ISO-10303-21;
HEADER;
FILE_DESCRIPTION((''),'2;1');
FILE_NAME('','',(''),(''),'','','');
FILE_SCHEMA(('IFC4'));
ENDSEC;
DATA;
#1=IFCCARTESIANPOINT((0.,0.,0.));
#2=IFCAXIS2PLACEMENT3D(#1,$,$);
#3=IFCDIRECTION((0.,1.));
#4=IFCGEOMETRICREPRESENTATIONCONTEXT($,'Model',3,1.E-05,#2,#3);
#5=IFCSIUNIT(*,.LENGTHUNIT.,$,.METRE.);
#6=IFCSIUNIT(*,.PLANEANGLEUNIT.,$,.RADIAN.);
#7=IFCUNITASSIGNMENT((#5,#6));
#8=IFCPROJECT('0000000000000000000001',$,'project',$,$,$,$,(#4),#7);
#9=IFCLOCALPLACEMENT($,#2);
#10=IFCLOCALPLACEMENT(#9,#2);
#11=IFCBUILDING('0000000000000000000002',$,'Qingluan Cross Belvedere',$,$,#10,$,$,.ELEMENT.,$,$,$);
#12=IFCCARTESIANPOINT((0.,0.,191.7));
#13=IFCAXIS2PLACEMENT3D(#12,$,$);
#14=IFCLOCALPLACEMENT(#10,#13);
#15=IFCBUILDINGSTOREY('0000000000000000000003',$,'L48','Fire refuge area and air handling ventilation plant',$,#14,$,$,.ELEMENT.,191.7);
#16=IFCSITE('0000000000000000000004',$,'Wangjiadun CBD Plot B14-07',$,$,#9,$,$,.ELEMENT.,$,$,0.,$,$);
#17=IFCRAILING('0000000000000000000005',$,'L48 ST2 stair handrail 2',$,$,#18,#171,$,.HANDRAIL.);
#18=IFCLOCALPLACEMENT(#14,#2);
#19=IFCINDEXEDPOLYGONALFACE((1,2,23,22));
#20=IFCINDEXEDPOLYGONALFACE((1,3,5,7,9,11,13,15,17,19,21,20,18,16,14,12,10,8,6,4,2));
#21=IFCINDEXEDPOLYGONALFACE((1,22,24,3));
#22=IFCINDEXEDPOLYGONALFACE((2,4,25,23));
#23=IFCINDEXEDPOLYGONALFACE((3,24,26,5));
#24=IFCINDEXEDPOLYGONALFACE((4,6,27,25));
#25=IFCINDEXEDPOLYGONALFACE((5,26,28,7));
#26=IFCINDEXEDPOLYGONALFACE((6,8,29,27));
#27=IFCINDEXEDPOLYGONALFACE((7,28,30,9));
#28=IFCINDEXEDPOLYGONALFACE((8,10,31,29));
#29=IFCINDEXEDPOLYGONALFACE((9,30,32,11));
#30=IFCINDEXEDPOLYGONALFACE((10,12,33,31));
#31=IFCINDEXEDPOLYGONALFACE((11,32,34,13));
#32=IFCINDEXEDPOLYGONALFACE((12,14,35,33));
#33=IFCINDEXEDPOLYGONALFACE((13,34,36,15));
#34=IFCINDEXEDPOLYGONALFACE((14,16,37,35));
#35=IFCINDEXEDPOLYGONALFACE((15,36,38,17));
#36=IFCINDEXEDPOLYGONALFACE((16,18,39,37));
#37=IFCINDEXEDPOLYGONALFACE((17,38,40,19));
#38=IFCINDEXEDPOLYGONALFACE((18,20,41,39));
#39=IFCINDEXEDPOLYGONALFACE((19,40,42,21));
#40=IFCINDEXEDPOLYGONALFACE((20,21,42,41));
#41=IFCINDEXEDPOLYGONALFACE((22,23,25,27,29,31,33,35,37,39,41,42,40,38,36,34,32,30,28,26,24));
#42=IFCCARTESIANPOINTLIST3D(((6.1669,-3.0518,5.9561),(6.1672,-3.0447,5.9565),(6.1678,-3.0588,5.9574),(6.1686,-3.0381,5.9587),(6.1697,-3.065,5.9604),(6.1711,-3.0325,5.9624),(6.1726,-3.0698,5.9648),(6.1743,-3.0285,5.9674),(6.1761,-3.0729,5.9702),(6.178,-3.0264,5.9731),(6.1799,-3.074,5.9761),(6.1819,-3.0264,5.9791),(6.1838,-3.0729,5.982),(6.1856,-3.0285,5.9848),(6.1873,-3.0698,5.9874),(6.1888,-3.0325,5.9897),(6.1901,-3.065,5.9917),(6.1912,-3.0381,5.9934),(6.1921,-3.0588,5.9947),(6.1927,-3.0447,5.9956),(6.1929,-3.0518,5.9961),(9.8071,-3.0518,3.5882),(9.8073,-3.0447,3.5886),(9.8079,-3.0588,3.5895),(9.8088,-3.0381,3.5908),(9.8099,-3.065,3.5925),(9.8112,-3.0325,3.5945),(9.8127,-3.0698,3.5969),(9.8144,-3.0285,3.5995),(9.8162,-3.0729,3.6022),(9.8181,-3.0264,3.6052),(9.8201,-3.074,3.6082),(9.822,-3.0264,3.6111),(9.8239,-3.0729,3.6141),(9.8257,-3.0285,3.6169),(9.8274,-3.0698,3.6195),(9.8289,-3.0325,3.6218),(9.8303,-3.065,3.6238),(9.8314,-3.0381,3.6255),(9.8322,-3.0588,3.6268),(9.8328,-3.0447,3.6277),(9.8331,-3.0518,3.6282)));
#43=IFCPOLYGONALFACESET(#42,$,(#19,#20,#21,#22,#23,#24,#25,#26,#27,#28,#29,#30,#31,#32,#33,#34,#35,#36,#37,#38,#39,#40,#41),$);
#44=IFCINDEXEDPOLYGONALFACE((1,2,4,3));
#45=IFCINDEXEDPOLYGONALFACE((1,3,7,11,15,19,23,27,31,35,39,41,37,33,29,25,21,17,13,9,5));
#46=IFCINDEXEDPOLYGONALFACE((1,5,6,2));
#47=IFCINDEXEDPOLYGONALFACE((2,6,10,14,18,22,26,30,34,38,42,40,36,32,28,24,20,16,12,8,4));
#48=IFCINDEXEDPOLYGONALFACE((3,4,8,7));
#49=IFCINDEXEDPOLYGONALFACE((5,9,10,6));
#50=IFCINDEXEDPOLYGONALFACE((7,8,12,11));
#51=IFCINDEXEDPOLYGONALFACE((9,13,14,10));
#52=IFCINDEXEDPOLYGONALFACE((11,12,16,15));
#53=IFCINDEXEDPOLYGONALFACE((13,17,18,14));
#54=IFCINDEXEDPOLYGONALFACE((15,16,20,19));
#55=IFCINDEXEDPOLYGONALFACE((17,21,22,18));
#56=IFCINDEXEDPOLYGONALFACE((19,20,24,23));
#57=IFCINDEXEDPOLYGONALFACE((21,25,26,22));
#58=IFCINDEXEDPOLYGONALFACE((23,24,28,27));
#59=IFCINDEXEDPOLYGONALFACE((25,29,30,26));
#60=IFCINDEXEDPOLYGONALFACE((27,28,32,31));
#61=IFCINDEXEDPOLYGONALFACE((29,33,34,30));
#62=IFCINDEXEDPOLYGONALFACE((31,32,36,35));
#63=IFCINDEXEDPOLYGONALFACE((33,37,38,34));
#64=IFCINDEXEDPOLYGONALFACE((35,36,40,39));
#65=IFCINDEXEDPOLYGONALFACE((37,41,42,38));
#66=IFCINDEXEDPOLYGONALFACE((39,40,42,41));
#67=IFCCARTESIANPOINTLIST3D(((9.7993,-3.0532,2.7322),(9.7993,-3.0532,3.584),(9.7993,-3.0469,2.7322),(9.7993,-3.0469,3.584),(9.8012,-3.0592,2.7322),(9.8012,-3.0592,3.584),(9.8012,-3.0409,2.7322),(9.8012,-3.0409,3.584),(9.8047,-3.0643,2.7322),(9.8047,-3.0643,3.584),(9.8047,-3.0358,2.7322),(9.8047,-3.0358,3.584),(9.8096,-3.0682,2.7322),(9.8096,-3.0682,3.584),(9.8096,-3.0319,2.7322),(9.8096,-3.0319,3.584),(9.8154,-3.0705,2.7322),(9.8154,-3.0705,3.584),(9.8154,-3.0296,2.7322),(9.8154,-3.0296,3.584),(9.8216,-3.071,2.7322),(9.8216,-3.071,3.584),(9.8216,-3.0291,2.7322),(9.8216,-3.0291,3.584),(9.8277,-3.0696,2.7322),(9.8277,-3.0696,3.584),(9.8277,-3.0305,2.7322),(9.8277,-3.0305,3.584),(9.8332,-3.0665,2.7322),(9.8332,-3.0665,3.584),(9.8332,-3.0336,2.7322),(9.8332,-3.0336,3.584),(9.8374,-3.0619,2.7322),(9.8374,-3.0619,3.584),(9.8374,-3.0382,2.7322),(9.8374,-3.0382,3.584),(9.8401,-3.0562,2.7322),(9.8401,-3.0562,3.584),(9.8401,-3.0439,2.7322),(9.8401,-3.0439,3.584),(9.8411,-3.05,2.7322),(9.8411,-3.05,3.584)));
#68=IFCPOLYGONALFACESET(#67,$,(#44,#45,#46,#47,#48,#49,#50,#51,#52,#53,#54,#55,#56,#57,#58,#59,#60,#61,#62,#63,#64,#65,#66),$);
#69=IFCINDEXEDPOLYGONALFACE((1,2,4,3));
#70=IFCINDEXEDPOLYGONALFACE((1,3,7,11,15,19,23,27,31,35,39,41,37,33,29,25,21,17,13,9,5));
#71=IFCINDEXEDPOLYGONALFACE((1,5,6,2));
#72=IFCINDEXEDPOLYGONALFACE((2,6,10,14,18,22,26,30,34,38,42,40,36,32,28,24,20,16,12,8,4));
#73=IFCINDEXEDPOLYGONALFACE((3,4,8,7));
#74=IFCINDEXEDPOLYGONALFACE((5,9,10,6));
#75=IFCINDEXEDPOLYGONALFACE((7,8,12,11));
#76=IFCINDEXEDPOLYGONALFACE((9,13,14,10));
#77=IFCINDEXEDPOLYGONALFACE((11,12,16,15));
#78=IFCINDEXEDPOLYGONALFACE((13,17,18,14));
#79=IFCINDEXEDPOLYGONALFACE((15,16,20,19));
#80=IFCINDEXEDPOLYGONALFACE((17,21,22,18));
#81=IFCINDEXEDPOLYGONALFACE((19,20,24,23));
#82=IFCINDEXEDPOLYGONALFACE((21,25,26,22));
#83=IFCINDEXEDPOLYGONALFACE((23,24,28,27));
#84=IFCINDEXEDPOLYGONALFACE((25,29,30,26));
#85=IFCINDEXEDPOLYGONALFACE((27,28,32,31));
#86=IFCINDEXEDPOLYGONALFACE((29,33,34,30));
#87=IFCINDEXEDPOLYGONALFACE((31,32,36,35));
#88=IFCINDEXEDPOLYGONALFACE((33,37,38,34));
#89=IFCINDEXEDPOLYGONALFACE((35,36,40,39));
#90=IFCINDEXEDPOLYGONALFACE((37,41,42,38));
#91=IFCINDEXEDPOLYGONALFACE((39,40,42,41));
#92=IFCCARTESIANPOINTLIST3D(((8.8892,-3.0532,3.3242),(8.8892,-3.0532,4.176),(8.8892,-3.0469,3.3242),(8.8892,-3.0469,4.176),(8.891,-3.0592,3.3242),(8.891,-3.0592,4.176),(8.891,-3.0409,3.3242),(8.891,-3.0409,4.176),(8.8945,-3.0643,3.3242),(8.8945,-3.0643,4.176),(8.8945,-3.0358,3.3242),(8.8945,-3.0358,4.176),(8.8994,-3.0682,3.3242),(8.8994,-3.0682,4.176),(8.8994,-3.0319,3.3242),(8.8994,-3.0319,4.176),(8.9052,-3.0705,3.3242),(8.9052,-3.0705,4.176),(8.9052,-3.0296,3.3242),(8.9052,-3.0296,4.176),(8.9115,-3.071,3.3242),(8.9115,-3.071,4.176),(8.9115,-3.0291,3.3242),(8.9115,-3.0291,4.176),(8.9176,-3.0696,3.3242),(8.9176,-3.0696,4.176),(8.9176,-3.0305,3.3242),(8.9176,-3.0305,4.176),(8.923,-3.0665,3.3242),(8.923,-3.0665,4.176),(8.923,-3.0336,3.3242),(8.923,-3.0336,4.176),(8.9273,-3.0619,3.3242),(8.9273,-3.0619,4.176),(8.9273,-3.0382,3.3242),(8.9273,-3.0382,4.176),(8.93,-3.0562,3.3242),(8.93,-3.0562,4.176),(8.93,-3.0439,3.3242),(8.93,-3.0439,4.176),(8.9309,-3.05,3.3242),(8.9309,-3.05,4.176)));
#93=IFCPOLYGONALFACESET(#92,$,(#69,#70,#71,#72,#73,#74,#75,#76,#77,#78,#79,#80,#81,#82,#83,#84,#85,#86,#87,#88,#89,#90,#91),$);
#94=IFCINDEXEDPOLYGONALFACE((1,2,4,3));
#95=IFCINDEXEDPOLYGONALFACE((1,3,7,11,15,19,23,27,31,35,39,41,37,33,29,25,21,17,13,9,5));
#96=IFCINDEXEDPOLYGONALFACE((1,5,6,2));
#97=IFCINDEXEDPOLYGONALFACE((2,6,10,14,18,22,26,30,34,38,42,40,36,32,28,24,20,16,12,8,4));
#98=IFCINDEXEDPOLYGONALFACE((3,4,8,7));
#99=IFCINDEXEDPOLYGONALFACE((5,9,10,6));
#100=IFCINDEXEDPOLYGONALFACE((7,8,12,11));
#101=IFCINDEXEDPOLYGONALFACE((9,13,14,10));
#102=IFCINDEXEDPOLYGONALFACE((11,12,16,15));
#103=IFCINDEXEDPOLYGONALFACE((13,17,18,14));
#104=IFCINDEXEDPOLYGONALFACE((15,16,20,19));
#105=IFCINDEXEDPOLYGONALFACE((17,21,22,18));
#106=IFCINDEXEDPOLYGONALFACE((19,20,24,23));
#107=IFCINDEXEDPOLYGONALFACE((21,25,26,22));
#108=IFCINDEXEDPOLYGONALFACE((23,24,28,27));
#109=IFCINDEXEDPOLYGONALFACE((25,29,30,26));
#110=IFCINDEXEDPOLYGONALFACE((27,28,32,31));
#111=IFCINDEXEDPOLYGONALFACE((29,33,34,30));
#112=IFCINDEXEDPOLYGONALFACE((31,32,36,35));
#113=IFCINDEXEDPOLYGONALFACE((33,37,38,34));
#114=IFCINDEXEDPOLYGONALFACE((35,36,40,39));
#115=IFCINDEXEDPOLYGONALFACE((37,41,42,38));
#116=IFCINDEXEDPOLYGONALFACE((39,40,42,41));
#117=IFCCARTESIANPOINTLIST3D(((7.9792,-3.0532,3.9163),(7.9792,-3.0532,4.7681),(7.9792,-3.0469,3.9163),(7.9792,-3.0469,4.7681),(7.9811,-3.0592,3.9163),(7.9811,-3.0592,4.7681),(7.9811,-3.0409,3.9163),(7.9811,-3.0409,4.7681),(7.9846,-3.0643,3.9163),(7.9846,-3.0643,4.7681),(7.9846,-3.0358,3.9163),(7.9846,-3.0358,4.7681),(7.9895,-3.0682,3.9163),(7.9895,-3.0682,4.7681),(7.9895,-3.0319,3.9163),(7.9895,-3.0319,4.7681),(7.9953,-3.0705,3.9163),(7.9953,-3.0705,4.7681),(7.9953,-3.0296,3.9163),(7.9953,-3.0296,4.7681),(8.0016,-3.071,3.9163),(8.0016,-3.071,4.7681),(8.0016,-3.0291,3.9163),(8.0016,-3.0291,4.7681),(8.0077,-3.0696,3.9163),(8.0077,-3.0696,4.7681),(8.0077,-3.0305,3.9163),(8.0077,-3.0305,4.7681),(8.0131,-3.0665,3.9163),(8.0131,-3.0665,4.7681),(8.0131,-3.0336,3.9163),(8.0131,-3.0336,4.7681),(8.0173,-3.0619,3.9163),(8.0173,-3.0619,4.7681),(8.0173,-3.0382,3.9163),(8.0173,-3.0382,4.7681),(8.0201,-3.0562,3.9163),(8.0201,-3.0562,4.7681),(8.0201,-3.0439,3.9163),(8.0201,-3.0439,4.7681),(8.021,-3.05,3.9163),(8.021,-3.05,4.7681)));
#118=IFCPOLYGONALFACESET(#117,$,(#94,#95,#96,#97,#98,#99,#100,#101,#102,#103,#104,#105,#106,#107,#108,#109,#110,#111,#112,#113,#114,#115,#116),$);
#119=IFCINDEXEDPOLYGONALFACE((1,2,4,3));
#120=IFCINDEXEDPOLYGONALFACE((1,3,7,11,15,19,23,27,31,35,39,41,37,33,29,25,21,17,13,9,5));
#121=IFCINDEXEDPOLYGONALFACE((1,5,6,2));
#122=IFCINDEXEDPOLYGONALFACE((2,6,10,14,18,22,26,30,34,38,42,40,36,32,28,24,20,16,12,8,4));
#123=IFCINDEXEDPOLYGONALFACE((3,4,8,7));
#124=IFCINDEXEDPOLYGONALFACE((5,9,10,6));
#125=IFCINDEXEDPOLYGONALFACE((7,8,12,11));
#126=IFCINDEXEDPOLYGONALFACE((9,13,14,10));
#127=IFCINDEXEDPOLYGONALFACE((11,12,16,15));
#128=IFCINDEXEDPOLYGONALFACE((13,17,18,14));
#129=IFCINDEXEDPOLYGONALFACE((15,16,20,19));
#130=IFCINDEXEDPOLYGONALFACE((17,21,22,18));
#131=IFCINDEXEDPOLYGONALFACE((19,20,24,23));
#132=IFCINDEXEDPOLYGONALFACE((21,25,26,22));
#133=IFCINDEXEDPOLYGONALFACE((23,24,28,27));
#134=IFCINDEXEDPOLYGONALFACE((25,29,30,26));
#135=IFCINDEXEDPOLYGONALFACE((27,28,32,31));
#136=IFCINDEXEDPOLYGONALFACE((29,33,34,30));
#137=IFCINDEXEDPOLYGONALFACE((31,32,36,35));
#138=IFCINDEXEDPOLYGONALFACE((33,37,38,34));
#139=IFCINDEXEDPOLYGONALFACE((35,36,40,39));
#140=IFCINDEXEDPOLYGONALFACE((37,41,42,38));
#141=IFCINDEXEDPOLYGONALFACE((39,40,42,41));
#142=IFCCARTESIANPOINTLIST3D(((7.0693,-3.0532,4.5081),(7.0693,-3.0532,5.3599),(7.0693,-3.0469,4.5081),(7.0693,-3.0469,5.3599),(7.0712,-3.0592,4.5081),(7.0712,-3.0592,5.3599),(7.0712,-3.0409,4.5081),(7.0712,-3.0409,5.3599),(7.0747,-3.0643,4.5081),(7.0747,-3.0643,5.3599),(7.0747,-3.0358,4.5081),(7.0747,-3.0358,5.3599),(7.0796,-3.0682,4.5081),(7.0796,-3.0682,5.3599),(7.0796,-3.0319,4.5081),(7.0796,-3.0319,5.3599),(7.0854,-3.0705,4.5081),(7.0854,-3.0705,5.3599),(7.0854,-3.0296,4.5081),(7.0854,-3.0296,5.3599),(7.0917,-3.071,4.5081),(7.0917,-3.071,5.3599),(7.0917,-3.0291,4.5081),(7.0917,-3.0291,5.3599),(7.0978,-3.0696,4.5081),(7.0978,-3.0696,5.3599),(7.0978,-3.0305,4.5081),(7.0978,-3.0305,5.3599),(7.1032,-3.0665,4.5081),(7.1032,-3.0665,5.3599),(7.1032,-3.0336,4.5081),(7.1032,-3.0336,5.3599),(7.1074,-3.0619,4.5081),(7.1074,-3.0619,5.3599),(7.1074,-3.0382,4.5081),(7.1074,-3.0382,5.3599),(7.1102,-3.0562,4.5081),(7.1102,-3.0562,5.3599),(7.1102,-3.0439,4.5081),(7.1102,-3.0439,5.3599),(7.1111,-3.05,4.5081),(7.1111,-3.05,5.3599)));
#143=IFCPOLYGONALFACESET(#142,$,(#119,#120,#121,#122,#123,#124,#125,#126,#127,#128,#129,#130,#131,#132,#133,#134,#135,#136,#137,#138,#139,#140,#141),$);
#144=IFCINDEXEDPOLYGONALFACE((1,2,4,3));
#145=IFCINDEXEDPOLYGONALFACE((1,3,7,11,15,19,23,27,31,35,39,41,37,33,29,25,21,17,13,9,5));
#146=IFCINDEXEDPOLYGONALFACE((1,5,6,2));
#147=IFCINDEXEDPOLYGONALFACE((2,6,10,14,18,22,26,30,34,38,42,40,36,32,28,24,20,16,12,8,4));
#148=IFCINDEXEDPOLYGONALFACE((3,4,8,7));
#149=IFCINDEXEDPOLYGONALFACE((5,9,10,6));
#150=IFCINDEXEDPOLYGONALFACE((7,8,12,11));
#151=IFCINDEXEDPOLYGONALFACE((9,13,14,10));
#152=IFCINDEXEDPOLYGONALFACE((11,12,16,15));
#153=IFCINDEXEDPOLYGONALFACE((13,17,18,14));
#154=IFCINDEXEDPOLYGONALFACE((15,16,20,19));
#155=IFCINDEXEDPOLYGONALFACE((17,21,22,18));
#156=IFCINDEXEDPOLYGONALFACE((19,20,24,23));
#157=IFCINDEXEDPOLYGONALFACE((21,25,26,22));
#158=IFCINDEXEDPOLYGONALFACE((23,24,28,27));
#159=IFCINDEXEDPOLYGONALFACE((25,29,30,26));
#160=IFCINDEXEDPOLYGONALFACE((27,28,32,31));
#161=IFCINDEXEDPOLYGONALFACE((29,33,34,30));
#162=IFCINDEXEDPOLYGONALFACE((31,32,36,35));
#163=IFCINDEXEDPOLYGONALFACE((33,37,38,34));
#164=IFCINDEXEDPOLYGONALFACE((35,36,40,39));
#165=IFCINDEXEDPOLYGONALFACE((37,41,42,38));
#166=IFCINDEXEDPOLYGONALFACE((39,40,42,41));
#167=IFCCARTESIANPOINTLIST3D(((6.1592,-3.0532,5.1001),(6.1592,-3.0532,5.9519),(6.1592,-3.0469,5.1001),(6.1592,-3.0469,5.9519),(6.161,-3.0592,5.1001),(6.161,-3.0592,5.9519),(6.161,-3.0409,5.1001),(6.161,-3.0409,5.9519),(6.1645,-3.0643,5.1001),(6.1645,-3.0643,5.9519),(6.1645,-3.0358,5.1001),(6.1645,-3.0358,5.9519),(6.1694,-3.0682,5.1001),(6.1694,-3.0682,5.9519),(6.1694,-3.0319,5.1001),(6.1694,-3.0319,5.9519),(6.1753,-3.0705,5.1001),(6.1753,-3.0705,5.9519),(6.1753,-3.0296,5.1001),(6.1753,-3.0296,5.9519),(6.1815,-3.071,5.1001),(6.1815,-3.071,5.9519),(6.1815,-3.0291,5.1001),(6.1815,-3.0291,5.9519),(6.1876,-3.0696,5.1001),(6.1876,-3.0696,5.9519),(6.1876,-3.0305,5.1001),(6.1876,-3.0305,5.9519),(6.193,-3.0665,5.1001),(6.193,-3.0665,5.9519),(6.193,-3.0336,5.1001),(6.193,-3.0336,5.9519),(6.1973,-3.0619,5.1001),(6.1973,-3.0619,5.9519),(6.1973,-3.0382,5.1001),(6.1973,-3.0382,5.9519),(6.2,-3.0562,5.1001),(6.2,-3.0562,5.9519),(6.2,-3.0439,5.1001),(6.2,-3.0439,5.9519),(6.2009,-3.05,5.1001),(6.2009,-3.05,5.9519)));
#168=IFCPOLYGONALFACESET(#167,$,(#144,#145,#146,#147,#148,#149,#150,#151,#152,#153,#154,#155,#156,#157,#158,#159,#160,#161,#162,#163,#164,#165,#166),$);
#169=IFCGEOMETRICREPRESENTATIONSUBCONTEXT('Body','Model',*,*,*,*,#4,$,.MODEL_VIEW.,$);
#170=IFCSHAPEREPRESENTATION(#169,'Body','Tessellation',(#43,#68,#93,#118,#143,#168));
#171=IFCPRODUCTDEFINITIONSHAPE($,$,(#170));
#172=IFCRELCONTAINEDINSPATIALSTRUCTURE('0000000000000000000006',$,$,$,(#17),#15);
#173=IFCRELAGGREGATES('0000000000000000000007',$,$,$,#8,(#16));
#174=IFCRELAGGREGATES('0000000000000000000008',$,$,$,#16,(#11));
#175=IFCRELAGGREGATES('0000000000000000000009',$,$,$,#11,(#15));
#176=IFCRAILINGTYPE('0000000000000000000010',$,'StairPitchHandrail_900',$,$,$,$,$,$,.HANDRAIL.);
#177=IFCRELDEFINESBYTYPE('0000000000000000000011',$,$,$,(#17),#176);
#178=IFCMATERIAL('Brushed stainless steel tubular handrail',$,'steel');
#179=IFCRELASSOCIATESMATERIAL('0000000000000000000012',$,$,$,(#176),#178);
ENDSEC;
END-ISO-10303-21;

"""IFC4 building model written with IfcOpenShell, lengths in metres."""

from ifc_helpers import new_model, si_unit, direction, frame, origin, origin_2d, place, context, subcontext, project, spatial, circle, extrude, material, type_object, element, save


model = new_model("IFC4")

# Units and contexts
model_context = context("Model", 3, precision=1e-05, world=origin(), true_north=direction((0.0, 1.0)))
body_context = subcontext(model_context, "Body", "Model", "MODEL_VIEW")
ifc_project = project(units=[si_unit("LENGTHUNIT", "METRE"), si_unit("PLANEANGLEUNIT", "RADIAN")], contexts=[model_context])

# Site, building, storey
site_placement = place(None, origin())
site = spatial("IfcSite", under=ifc_project, at=site_placement, Name="Wangjiadun CBD Plot B14-07", CompositionType="ELEMENT", RefElevation=0.0)
building_placement = place(site_placement, origin())
building = spatial("IfcBuilding", under=site, at=building_placement, Name="Qingluan Cross Belvedere", CompositionType="ELEMENT")
storey_placement = place(building_placement, frame((0.0, 0.0, 191.7)))
storey = spatial("IfcBuildingStorey", under=building, at=storey_placement, Name="L48", Description="Fire refuge area and air handling ventilation plant", CompositionType="ELEMENT", Elevation=191.7)

# Railing
ifc_material_1 = material(Name="Brushed stainless steel tubular handrail", Category="steel")
railing_type_1 = type_object("IfcRailingType", Name="StairPitchHandrail_900", PredefinedType="HANDRAIL", material=ifc_material_1)
railing_1_placement = place(storey_placement, frame((9.8201, -3.05, 2.7322)))
element("IfcRailing", 1, at=railing_1_placement, inside=storey, type_object=railing_type_1, Name="L48 ST2 stair handrail 2", PredefinedType="HANDRAIL", context=body_context, shape_type="SweptSolid", body=[
    extrude(circle(Radius=0.0239, at=origin_2d()), frame((0.0, 0.0, 0.876), z_axis=(-0.838251, 0.0, 0.545285), x_axis=(0.0, -1.0, 0.0)), (0.0, 0.0, 1.0), 4.3425),
    extrude(circle(Radius=0.021, at=origin_2d()), origin(), (0.0, 0.0, 1.0), 0.8518),
    extrude(circle(Radius=0.021, at=origin_2d()), frame((-0.9102, 0.0, 0.592)), (0.0, 0.0, 1.0), 0.8518),
    extrude(circle(Radius=0.021, at=origin_2d()), frame((-1.8201, 0.0, 1.1841)), (0.0, 0.0, 1.0), 0.8518),
    extrude(circle(Radius=0.021, at=origin_2d()), frame((-2.73, 0.0, 1.7759)), (0.0, 0.0, 1.0), 0.8518),
    extrude(circle(Radius=0.021, at=origin_2d()), frame((-3.6401, 0.0, 2.3679)), (0.0, 0.0, 1.0), 0.8518),
])

save(model, "model.ifc")
